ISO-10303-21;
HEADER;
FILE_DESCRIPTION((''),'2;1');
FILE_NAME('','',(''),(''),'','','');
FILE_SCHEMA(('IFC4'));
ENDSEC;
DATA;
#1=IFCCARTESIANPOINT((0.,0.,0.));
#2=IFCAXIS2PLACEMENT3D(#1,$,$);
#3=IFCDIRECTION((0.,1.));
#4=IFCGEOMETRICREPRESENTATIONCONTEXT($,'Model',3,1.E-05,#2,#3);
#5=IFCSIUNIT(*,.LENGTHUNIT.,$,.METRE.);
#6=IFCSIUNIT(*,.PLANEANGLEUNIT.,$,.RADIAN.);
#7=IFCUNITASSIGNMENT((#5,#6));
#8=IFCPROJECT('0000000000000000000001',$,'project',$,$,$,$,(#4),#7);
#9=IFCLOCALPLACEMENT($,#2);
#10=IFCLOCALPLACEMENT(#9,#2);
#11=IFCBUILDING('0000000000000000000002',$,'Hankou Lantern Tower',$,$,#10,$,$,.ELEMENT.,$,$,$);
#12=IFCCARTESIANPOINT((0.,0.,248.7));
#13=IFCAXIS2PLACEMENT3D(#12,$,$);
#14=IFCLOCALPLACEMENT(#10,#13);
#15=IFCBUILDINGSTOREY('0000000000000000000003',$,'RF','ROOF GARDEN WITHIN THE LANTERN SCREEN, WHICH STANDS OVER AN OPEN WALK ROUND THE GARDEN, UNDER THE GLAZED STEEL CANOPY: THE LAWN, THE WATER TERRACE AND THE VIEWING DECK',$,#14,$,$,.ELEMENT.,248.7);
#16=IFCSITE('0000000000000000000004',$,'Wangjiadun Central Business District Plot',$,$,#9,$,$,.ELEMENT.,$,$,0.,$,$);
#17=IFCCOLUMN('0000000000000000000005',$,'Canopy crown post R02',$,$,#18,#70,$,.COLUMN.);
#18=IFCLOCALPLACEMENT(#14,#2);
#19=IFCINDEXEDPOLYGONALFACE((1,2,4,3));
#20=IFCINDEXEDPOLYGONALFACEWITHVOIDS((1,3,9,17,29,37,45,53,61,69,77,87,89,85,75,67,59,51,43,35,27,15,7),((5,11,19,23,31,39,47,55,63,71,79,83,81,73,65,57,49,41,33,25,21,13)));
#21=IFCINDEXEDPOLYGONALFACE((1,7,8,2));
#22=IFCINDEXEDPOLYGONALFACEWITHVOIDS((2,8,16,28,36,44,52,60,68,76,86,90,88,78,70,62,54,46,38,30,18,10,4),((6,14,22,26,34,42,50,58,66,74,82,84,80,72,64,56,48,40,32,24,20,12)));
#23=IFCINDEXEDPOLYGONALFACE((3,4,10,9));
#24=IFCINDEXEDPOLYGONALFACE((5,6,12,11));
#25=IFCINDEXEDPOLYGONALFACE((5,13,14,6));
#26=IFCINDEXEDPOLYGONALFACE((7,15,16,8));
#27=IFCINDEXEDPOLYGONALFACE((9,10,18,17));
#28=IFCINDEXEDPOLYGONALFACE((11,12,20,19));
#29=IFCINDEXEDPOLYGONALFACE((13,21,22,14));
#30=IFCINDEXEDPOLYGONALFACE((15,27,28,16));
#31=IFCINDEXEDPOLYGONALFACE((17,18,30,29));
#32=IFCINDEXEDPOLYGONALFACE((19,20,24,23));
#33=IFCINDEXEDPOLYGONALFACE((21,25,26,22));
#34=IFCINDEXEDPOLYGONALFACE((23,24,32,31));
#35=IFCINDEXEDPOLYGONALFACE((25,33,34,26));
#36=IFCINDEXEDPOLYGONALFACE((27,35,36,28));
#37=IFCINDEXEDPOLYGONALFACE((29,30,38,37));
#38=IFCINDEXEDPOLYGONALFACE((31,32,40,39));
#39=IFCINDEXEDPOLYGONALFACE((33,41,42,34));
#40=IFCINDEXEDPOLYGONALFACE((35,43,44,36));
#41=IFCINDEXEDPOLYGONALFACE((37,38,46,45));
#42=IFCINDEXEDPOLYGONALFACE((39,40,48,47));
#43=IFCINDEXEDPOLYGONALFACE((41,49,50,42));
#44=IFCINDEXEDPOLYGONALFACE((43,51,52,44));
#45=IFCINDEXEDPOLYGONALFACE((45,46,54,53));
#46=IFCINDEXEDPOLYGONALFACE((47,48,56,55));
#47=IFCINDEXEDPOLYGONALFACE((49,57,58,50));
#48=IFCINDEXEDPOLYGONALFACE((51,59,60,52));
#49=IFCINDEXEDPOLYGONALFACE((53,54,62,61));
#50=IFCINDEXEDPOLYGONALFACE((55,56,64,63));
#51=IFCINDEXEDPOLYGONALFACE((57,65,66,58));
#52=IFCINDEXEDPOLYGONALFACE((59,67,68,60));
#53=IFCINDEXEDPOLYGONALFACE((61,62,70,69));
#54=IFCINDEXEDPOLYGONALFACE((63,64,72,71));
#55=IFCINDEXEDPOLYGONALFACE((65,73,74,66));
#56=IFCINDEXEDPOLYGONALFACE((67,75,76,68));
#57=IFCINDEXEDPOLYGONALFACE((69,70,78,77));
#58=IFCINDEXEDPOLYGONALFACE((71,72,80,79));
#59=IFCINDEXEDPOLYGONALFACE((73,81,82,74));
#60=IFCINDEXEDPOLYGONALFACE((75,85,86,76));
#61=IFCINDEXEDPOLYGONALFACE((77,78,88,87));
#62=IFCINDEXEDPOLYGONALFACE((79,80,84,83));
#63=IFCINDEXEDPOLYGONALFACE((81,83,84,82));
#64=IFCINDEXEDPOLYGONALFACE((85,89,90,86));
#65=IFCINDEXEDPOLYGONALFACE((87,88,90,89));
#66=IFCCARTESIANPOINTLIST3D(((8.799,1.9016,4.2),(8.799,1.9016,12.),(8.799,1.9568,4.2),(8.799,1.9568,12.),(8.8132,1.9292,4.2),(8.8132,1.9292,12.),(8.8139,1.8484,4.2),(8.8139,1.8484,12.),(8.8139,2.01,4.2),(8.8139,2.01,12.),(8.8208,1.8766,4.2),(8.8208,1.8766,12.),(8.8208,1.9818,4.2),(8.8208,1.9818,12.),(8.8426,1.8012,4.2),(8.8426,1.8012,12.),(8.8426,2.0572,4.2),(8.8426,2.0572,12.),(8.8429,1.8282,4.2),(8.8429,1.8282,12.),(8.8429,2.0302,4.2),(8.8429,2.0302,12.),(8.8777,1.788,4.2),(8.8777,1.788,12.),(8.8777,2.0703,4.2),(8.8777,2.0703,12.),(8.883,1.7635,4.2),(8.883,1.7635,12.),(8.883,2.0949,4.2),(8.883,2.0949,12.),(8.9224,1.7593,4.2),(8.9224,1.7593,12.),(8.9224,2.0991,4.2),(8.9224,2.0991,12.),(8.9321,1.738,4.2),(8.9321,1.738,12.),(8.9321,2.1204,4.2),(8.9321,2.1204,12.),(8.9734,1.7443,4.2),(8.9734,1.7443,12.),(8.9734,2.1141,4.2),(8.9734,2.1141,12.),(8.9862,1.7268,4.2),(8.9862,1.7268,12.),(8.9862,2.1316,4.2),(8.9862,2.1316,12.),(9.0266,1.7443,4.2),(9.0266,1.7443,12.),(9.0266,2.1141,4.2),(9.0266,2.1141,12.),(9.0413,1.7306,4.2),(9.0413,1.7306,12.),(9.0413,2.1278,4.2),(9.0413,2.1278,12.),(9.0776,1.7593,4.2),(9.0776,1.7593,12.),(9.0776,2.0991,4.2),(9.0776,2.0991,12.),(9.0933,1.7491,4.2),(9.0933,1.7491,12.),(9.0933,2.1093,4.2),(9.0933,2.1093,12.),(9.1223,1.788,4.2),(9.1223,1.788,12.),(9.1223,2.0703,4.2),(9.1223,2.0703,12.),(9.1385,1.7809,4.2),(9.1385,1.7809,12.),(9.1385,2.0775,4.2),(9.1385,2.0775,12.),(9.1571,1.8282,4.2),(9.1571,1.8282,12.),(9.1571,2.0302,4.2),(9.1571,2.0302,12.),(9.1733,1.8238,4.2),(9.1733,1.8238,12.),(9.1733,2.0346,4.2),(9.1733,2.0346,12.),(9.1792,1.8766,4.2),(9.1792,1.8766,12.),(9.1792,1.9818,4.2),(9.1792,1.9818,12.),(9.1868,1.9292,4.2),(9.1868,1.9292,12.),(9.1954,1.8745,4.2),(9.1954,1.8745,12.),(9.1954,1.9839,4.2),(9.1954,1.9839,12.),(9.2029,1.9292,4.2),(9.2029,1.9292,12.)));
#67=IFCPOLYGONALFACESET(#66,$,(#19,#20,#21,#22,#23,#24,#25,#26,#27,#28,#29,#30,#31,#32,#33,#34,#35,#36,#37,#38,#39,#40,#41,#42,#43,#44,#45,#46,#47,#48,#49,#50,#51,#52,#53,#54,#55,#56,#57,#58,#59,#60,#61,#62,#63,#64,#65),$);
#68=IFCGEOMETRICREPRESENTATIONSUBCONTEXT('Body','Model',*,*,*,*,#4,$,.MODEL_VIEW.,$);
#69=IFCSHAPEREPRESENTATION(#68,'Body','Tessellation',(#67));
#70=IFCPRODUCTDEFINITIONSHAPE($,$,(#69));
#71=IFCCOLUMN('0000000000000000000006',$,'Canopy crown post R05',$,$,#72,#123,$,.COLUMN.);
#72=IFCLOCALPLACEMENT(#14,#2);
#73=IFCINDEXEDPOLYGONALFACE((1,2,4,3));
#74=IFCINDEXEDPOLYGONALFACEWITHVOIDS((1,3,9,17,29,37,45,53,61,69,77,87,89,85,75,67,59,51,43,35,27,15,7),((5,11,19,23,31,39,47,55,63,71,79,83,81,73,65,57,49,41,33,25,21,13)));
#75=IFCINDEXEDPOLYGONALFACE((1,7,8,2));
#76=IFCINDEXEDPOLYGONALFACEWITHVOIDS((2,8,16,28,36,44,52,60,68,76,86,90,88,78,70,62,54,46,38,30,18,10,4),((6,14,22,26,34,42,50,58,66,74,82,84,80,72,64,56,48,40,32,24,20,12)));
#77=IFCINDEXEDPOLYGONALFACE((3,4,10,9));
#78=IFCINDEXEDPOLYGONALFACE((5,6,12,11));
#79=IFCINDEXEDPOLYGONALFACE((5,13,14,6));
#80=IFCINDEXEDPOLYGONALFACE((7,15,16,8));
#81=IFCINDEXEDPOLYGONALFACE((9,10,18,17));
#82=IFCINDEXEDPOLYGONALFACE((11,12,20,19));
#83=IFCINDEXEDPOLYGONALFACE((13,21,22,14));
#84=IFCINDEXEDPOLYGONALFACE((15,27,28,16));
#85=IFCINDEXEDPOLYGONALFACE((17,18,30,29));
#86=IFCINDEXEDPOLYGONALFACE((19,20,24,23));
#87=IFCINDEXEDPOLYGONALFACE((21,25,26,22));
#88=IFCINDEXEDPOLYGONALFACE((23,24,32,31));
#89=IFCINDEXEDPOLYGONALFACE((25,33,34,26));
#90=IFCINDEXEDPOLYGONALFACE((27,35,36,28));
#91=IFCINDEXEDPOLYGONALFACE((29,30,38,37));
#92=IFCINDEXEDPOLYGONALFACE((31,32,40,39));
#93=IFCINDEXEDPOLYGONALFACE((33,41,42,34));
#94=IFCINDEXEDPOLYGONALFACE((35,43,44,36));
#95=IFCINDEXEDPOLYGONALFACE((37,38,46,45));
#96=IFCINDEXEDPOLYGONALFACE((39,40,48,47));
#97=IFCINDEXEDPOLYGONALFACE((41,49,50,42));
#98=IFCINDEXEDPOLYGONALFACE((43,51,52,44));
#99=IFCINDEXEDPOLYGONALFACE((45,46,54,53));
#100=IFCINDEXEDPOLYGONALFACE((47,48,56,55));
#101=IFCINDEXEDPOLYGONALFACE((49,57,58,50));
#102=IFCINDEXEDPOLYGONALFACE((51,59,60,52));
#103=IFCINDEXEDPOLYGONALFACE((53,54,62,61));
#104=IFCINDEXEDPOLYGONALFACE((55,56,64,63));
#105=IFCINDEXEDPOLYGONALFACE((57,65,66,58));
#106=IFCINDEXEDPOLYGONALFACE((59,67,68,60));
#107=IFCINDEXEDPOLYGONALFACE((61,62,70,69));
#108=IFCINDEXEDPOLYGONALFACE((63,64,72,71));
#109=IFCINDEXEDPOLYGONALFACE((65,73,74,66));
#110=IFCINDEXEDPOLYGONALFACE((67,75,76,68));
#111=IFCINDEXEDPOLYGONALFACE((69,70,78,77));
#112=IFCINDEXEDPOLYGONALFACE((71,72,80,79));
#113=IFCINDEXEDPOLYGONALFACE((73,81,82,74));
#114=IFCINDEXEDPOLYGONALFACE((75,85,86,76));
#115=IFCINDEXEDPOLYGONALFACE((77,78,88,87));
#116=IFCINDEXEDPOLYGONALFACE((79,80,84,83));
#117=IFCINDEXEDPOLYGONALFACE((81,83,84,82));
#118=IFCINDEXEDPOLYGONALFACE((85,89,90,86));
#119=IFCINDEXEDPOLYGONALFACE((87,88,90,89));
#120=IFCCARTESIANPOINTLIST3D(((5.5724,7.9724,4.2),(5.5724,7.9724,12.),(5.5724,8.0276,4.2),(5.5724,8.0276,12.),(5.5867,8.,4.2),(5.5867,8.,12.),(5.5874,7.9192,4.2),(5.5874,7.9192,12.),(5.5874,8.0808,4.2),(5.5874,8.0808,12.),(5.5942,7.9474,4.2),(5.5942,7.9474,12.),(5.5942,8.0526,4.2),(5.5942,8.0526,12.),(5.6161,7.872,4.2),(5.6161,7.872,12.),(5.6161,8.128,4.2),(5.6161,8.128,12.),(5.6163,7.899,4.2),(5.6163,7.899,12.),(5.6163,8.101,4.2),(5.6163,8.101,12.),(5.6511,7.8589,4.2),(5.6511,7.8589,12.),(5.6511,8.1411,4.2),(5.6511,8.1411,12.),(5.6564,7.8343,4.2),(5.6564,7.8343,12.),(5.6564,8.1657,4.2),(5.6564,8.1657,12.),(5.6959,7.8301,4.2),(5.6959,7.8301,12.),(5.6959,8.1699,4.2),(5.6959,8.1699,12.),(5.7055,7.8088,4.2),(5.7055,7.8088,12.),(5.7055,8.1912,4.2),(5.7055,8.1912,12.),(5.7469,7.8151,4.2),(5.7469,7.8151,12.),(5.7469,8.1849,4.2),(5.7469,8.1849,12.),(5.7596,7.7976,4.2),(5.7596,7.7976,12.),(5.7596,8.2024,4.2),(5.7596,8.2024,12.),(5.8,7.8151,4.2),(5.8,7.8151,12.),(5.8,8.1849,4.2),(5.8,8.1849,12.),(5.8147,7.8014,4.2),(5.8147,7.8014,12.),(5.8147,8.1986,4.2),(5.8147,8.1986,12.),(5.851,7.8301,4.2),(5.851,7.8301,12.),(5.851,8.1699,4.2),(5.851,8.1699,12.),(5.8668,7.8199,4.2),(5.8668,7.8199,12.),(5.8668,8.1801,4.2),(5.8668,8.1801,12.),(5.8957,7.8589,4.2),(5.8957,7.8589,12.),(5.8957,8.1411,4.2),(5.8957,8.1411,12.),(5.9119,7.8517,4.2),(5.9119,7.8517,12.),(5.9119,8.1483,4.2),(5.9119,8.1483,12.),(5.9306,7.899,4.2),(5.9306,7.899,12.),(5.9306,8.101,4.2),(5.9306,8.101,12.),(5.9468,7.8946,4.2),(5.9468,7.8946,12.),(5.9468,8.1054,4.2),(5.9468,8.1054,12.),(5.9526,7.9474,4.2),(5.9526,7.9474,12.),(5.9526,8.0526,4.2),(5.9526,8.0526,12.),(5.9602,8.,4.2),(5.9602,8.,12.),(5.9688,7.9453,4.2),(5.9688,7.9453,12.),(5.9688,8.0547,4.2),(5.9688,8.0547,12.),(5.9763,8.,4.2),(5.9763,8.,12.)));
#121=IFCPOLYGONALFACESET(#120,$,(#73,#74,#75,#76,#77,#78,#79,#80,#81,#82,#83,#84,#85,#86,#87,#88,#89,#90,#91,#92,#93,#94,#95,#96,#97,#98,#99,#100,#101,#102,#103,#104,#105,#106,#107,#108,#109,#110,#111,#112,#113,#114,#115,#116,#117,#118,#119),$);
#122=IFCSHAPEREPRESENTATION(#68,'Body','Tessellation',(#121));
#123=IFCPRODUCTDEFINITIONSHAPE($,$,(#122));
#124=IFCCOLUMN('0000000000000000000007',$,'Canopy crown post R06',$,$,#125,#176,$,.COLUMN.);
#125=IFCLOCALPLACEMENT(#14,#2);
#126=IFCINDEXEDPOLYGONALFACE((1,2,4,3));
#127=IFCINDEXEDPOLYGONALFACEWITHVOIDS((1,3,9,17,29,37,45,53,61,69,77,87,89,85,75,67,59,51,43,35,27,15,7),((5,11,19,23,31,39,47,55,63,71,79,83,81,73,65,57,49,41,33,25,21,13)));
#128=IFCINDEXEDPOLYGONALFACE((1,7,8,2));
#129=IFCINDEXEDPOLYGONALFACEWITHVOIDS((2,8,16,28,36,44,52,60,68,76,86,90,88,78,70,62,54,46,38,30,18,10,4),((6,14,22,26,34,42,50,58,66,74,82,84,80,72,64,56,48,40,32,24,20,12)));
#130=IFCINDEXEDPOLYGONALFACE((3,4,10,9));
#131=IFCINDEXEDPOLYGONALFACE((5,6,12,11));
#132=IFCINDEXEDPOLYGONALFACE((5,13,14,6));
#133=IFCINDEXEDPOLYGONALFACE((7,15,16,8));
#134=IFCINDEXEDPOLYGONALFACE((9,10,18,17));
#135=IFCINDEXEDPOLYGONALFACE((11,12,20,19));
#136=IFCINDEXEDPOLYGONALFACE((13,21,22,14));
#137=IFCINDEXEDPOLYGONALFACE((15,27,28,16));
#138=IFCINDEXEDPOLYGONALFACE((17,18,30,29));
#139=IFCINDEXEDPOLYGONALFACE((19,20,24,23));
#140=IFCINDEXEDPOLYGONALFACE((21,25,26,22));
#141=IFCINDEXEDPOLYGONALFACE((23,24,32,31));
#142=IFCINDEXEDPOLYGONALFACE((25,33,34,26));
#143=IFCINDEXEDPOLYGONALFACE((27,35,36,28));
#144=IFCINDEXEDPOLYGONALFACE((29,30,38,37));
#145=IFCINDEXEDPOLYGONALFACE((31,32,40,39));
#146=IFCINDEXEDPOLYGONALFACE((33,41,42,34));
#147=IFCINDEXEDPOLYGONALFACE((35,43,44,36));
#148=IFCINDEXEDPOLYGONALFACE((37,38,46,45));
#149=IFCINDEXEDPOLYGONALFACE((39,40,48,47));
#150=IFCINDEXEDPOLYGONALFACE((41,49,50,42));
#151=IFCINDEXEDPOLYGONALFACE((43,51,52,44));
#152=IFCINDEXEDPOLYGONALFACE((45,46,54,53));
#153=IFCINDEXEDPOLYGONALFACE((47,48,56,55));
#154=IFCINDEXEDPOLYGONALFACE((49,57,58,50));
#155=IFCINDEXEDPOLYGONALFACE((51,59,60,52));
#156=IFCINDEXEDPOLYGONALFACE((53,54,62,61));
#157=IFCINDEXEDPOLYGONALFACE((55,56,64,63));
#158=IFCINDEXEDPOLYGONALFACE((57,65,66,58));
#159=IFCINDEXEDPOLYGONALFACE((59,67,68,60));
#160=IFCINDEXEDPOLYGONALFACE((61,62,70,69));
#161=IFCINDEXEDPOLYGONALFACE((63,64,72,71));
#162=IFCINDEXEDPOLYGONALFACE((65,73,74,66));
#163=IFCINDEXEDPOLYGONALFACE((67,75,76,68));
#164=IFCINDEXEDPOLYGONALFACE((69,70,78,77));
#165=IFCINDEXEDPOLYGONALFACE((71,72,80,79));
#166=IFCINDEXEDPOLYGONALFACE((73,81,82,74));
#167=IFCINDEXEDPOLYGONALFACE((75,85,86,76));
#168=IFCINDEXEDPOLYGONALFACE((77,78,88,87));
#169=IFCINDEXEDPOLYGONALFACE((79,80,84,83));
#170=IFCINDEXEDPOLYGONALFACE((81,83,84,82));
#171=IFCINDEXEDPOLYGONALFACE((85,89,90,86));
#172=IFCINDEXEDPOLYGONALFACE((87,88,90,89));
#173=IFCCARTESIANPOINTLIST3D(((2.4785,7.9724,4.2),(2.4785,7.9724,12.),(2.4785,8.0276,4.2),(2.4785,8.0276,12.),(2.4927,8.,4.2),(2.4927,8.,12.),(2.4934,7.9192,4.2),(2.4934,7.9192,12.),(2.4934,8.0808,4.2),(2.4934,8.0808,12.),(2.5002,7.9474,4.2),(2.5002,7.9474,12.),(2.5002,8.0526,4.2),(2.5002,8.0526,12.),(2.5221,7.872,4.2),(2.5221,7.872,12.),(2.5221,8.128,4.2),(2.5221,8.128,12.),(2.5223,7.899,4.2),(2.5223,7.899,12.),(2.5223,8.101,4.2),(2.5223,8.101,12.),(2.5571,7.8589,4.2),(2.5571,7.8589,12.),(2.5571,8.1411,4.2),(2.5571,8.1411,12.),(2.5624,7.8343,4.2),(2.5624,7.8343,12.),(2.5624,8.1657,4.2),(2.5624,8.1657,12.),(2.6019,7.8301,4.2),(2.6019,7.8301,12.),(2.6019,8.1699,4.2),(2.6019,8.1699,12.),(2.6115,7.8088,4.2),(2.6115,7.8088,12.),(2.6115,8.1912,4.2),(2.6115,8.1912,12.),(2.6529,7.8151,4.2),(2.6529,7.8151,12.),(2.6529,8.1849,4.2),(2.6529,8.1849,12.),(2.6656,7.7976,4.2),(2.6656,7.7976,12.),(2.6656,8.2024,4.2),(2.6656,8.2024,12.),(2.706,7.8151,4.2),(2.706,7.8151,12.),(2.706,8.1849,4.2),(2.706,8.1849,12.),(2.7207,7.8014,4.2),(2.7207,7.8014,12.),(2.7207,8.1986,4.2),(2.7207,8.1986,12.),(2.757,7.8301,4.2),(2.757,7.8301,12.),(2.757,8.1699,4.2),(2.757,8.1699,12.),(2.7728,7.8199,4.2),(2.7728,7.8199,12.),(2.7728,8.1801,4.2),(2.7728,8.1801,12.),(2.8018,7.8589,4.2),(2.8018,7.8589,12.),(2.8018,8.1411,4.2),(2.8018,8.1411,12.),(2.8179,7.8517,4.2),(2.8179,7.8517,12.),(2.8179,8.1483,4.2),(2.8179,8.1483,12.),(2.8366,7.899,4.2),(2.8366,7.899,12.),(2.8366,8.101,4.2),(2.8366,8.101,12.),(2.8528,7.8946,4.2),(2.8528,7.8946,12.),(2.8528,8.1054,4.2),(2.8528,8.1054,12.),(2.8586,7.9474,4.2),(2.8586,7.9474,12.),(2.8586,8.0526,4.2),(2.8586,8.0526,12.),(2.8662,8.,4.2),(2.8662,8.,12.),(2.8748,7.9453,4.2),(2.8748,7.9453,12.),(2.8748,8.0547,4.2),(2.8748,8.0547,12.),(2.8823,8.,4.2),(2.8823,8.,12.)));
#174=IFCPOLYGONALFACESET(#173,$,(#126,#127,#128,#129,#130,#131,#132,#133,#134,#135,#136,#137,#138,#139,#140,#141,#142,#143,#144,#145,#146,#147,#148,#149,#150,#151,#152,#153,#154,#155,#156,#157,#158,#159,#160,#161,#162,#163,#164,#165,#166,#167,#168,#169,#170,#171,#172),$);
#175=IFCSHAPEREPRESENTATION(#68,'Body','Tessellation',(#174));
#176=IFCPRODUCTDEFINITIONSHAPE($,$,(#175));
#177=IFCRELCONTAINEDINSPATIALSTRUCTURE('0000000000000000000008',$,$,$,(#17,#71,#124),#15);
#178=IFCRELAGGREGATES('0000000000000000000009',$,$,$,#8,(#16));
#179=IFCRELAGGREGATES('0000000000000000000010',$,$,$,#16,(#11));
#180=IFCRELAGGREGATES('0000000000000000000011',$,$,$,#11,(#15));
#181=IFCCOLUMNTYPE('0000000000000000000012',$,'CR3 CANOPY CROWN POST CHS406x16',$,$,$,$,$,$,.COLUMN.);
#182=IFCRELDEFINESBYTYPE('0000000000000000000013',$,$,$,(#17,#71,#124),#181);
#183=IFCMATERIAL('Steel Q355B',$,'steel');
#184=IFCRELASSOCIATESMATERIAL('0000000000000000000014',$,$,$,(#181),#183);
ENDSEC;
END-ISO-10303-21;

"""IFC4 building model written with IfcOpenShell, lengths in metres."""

from ifc_helpers import new_model, si_unit, direction, frame, origin, origin_2d, place, context, subcontext, project, spatial, hollow_circle, extrude, material, material_profile, profile_set, type_object, element, save


model = new_model("IFC4")

# Units and contexts
model_context = context("Model", 3, precision=1e-05, world=origin(), true_north=direction((0.0, 1.0)))
body_context = subcontext(model_context, "Body", "Model", "MODEL_VIEW")
ifc_project = project(units=[si_unit("LENGTHUNIT", "METRE"), si_unit("PLANEANGLEUNIT", "RADIAN")], contexts=[model_context])

# Site, building, storey
site_placement = place(None, origin())
site = spatial("IfcSite", under=ifc_project, at=site_placement, Name="Wangjiadun Central Business District Plot", CompositionType="ELEMENT", RefElevation=0.0)
building_placement = place(site_placement, origin())
building = spatial("IfcBuilding", under=site, at=building_placement, Name="Hankou Lantern Tower", CompositionType="ELEMENT")
storey_placement = place(building_placement, frame((0.0, 0.0, 248.7)))
storey = spatial("IfcBuildingStorey", under=building, at=storey_placement, Name="RF", Description="ROOF GARDEN WITHIN THE LANTERN SCREEN, WHICH STANDS OVER AN OPEN WALK ROUND THE GARDEN, UNDER THE GLAZED STEEL CANOPY: THE LAWN, THE WATER TERRACE AND THE VIEWING DECK", CompositionType="ELEMENT", Elevation=248.7)

# Columns
ifc_material_1 = material(Name="Steel Q355B", Category="steel")
ifc_material_profile_1 = material_profile(ifc_material_1, hollow_circle(Radius=0.2029, WallThickness=0.0161, at=origin_2d()), Name="CHS406x16")
ifc_profile_set_1 = profile_set([ifc_material_profile_1], Name="Steel Q355B")
column_type_1 = type_object("IfcColumnType", Name="CR3 CANOPY CROWN POST CHS406x16", PredefinedType="COLUMN", material=ifc_profile_set_1)
for number, where, z_axis, x_axis, name in (
    (1, (9.0, 1.9292, 4.2), (0.0, 0.0, 1.0), (1.0, 0.0, 0.0), "Canopy crown post R02"),
    (2, (5.7734, 8.0, 4.2), (0.0, 0.0, 1.0), (1.0, 0.0, 0.0), "Canopy crown post R05"),
    (3, (2.6794, 8.0, 4.2), (0.0, 0.0, 1.0), (1.0, 0.0, 0.0), "Canopy crown post R06"),
):
    element("IfcColumn", number, at=place(storey_placement, frame(where, z_axis=z_axis, x_axis=x_axis)), inside=storey, type_object=column_type_1, Name=name, PredefinedType="COLUMN", context=body_context, shape_type="SweptSolid", body=[
        extrude(hollow_circle(Radius=0.2029, WallThickness=0.0161, at=origin_2d()), origin(), (0.0, 0.0, 1.0), 7.8),
    ])

save(model, "model.ifc")
